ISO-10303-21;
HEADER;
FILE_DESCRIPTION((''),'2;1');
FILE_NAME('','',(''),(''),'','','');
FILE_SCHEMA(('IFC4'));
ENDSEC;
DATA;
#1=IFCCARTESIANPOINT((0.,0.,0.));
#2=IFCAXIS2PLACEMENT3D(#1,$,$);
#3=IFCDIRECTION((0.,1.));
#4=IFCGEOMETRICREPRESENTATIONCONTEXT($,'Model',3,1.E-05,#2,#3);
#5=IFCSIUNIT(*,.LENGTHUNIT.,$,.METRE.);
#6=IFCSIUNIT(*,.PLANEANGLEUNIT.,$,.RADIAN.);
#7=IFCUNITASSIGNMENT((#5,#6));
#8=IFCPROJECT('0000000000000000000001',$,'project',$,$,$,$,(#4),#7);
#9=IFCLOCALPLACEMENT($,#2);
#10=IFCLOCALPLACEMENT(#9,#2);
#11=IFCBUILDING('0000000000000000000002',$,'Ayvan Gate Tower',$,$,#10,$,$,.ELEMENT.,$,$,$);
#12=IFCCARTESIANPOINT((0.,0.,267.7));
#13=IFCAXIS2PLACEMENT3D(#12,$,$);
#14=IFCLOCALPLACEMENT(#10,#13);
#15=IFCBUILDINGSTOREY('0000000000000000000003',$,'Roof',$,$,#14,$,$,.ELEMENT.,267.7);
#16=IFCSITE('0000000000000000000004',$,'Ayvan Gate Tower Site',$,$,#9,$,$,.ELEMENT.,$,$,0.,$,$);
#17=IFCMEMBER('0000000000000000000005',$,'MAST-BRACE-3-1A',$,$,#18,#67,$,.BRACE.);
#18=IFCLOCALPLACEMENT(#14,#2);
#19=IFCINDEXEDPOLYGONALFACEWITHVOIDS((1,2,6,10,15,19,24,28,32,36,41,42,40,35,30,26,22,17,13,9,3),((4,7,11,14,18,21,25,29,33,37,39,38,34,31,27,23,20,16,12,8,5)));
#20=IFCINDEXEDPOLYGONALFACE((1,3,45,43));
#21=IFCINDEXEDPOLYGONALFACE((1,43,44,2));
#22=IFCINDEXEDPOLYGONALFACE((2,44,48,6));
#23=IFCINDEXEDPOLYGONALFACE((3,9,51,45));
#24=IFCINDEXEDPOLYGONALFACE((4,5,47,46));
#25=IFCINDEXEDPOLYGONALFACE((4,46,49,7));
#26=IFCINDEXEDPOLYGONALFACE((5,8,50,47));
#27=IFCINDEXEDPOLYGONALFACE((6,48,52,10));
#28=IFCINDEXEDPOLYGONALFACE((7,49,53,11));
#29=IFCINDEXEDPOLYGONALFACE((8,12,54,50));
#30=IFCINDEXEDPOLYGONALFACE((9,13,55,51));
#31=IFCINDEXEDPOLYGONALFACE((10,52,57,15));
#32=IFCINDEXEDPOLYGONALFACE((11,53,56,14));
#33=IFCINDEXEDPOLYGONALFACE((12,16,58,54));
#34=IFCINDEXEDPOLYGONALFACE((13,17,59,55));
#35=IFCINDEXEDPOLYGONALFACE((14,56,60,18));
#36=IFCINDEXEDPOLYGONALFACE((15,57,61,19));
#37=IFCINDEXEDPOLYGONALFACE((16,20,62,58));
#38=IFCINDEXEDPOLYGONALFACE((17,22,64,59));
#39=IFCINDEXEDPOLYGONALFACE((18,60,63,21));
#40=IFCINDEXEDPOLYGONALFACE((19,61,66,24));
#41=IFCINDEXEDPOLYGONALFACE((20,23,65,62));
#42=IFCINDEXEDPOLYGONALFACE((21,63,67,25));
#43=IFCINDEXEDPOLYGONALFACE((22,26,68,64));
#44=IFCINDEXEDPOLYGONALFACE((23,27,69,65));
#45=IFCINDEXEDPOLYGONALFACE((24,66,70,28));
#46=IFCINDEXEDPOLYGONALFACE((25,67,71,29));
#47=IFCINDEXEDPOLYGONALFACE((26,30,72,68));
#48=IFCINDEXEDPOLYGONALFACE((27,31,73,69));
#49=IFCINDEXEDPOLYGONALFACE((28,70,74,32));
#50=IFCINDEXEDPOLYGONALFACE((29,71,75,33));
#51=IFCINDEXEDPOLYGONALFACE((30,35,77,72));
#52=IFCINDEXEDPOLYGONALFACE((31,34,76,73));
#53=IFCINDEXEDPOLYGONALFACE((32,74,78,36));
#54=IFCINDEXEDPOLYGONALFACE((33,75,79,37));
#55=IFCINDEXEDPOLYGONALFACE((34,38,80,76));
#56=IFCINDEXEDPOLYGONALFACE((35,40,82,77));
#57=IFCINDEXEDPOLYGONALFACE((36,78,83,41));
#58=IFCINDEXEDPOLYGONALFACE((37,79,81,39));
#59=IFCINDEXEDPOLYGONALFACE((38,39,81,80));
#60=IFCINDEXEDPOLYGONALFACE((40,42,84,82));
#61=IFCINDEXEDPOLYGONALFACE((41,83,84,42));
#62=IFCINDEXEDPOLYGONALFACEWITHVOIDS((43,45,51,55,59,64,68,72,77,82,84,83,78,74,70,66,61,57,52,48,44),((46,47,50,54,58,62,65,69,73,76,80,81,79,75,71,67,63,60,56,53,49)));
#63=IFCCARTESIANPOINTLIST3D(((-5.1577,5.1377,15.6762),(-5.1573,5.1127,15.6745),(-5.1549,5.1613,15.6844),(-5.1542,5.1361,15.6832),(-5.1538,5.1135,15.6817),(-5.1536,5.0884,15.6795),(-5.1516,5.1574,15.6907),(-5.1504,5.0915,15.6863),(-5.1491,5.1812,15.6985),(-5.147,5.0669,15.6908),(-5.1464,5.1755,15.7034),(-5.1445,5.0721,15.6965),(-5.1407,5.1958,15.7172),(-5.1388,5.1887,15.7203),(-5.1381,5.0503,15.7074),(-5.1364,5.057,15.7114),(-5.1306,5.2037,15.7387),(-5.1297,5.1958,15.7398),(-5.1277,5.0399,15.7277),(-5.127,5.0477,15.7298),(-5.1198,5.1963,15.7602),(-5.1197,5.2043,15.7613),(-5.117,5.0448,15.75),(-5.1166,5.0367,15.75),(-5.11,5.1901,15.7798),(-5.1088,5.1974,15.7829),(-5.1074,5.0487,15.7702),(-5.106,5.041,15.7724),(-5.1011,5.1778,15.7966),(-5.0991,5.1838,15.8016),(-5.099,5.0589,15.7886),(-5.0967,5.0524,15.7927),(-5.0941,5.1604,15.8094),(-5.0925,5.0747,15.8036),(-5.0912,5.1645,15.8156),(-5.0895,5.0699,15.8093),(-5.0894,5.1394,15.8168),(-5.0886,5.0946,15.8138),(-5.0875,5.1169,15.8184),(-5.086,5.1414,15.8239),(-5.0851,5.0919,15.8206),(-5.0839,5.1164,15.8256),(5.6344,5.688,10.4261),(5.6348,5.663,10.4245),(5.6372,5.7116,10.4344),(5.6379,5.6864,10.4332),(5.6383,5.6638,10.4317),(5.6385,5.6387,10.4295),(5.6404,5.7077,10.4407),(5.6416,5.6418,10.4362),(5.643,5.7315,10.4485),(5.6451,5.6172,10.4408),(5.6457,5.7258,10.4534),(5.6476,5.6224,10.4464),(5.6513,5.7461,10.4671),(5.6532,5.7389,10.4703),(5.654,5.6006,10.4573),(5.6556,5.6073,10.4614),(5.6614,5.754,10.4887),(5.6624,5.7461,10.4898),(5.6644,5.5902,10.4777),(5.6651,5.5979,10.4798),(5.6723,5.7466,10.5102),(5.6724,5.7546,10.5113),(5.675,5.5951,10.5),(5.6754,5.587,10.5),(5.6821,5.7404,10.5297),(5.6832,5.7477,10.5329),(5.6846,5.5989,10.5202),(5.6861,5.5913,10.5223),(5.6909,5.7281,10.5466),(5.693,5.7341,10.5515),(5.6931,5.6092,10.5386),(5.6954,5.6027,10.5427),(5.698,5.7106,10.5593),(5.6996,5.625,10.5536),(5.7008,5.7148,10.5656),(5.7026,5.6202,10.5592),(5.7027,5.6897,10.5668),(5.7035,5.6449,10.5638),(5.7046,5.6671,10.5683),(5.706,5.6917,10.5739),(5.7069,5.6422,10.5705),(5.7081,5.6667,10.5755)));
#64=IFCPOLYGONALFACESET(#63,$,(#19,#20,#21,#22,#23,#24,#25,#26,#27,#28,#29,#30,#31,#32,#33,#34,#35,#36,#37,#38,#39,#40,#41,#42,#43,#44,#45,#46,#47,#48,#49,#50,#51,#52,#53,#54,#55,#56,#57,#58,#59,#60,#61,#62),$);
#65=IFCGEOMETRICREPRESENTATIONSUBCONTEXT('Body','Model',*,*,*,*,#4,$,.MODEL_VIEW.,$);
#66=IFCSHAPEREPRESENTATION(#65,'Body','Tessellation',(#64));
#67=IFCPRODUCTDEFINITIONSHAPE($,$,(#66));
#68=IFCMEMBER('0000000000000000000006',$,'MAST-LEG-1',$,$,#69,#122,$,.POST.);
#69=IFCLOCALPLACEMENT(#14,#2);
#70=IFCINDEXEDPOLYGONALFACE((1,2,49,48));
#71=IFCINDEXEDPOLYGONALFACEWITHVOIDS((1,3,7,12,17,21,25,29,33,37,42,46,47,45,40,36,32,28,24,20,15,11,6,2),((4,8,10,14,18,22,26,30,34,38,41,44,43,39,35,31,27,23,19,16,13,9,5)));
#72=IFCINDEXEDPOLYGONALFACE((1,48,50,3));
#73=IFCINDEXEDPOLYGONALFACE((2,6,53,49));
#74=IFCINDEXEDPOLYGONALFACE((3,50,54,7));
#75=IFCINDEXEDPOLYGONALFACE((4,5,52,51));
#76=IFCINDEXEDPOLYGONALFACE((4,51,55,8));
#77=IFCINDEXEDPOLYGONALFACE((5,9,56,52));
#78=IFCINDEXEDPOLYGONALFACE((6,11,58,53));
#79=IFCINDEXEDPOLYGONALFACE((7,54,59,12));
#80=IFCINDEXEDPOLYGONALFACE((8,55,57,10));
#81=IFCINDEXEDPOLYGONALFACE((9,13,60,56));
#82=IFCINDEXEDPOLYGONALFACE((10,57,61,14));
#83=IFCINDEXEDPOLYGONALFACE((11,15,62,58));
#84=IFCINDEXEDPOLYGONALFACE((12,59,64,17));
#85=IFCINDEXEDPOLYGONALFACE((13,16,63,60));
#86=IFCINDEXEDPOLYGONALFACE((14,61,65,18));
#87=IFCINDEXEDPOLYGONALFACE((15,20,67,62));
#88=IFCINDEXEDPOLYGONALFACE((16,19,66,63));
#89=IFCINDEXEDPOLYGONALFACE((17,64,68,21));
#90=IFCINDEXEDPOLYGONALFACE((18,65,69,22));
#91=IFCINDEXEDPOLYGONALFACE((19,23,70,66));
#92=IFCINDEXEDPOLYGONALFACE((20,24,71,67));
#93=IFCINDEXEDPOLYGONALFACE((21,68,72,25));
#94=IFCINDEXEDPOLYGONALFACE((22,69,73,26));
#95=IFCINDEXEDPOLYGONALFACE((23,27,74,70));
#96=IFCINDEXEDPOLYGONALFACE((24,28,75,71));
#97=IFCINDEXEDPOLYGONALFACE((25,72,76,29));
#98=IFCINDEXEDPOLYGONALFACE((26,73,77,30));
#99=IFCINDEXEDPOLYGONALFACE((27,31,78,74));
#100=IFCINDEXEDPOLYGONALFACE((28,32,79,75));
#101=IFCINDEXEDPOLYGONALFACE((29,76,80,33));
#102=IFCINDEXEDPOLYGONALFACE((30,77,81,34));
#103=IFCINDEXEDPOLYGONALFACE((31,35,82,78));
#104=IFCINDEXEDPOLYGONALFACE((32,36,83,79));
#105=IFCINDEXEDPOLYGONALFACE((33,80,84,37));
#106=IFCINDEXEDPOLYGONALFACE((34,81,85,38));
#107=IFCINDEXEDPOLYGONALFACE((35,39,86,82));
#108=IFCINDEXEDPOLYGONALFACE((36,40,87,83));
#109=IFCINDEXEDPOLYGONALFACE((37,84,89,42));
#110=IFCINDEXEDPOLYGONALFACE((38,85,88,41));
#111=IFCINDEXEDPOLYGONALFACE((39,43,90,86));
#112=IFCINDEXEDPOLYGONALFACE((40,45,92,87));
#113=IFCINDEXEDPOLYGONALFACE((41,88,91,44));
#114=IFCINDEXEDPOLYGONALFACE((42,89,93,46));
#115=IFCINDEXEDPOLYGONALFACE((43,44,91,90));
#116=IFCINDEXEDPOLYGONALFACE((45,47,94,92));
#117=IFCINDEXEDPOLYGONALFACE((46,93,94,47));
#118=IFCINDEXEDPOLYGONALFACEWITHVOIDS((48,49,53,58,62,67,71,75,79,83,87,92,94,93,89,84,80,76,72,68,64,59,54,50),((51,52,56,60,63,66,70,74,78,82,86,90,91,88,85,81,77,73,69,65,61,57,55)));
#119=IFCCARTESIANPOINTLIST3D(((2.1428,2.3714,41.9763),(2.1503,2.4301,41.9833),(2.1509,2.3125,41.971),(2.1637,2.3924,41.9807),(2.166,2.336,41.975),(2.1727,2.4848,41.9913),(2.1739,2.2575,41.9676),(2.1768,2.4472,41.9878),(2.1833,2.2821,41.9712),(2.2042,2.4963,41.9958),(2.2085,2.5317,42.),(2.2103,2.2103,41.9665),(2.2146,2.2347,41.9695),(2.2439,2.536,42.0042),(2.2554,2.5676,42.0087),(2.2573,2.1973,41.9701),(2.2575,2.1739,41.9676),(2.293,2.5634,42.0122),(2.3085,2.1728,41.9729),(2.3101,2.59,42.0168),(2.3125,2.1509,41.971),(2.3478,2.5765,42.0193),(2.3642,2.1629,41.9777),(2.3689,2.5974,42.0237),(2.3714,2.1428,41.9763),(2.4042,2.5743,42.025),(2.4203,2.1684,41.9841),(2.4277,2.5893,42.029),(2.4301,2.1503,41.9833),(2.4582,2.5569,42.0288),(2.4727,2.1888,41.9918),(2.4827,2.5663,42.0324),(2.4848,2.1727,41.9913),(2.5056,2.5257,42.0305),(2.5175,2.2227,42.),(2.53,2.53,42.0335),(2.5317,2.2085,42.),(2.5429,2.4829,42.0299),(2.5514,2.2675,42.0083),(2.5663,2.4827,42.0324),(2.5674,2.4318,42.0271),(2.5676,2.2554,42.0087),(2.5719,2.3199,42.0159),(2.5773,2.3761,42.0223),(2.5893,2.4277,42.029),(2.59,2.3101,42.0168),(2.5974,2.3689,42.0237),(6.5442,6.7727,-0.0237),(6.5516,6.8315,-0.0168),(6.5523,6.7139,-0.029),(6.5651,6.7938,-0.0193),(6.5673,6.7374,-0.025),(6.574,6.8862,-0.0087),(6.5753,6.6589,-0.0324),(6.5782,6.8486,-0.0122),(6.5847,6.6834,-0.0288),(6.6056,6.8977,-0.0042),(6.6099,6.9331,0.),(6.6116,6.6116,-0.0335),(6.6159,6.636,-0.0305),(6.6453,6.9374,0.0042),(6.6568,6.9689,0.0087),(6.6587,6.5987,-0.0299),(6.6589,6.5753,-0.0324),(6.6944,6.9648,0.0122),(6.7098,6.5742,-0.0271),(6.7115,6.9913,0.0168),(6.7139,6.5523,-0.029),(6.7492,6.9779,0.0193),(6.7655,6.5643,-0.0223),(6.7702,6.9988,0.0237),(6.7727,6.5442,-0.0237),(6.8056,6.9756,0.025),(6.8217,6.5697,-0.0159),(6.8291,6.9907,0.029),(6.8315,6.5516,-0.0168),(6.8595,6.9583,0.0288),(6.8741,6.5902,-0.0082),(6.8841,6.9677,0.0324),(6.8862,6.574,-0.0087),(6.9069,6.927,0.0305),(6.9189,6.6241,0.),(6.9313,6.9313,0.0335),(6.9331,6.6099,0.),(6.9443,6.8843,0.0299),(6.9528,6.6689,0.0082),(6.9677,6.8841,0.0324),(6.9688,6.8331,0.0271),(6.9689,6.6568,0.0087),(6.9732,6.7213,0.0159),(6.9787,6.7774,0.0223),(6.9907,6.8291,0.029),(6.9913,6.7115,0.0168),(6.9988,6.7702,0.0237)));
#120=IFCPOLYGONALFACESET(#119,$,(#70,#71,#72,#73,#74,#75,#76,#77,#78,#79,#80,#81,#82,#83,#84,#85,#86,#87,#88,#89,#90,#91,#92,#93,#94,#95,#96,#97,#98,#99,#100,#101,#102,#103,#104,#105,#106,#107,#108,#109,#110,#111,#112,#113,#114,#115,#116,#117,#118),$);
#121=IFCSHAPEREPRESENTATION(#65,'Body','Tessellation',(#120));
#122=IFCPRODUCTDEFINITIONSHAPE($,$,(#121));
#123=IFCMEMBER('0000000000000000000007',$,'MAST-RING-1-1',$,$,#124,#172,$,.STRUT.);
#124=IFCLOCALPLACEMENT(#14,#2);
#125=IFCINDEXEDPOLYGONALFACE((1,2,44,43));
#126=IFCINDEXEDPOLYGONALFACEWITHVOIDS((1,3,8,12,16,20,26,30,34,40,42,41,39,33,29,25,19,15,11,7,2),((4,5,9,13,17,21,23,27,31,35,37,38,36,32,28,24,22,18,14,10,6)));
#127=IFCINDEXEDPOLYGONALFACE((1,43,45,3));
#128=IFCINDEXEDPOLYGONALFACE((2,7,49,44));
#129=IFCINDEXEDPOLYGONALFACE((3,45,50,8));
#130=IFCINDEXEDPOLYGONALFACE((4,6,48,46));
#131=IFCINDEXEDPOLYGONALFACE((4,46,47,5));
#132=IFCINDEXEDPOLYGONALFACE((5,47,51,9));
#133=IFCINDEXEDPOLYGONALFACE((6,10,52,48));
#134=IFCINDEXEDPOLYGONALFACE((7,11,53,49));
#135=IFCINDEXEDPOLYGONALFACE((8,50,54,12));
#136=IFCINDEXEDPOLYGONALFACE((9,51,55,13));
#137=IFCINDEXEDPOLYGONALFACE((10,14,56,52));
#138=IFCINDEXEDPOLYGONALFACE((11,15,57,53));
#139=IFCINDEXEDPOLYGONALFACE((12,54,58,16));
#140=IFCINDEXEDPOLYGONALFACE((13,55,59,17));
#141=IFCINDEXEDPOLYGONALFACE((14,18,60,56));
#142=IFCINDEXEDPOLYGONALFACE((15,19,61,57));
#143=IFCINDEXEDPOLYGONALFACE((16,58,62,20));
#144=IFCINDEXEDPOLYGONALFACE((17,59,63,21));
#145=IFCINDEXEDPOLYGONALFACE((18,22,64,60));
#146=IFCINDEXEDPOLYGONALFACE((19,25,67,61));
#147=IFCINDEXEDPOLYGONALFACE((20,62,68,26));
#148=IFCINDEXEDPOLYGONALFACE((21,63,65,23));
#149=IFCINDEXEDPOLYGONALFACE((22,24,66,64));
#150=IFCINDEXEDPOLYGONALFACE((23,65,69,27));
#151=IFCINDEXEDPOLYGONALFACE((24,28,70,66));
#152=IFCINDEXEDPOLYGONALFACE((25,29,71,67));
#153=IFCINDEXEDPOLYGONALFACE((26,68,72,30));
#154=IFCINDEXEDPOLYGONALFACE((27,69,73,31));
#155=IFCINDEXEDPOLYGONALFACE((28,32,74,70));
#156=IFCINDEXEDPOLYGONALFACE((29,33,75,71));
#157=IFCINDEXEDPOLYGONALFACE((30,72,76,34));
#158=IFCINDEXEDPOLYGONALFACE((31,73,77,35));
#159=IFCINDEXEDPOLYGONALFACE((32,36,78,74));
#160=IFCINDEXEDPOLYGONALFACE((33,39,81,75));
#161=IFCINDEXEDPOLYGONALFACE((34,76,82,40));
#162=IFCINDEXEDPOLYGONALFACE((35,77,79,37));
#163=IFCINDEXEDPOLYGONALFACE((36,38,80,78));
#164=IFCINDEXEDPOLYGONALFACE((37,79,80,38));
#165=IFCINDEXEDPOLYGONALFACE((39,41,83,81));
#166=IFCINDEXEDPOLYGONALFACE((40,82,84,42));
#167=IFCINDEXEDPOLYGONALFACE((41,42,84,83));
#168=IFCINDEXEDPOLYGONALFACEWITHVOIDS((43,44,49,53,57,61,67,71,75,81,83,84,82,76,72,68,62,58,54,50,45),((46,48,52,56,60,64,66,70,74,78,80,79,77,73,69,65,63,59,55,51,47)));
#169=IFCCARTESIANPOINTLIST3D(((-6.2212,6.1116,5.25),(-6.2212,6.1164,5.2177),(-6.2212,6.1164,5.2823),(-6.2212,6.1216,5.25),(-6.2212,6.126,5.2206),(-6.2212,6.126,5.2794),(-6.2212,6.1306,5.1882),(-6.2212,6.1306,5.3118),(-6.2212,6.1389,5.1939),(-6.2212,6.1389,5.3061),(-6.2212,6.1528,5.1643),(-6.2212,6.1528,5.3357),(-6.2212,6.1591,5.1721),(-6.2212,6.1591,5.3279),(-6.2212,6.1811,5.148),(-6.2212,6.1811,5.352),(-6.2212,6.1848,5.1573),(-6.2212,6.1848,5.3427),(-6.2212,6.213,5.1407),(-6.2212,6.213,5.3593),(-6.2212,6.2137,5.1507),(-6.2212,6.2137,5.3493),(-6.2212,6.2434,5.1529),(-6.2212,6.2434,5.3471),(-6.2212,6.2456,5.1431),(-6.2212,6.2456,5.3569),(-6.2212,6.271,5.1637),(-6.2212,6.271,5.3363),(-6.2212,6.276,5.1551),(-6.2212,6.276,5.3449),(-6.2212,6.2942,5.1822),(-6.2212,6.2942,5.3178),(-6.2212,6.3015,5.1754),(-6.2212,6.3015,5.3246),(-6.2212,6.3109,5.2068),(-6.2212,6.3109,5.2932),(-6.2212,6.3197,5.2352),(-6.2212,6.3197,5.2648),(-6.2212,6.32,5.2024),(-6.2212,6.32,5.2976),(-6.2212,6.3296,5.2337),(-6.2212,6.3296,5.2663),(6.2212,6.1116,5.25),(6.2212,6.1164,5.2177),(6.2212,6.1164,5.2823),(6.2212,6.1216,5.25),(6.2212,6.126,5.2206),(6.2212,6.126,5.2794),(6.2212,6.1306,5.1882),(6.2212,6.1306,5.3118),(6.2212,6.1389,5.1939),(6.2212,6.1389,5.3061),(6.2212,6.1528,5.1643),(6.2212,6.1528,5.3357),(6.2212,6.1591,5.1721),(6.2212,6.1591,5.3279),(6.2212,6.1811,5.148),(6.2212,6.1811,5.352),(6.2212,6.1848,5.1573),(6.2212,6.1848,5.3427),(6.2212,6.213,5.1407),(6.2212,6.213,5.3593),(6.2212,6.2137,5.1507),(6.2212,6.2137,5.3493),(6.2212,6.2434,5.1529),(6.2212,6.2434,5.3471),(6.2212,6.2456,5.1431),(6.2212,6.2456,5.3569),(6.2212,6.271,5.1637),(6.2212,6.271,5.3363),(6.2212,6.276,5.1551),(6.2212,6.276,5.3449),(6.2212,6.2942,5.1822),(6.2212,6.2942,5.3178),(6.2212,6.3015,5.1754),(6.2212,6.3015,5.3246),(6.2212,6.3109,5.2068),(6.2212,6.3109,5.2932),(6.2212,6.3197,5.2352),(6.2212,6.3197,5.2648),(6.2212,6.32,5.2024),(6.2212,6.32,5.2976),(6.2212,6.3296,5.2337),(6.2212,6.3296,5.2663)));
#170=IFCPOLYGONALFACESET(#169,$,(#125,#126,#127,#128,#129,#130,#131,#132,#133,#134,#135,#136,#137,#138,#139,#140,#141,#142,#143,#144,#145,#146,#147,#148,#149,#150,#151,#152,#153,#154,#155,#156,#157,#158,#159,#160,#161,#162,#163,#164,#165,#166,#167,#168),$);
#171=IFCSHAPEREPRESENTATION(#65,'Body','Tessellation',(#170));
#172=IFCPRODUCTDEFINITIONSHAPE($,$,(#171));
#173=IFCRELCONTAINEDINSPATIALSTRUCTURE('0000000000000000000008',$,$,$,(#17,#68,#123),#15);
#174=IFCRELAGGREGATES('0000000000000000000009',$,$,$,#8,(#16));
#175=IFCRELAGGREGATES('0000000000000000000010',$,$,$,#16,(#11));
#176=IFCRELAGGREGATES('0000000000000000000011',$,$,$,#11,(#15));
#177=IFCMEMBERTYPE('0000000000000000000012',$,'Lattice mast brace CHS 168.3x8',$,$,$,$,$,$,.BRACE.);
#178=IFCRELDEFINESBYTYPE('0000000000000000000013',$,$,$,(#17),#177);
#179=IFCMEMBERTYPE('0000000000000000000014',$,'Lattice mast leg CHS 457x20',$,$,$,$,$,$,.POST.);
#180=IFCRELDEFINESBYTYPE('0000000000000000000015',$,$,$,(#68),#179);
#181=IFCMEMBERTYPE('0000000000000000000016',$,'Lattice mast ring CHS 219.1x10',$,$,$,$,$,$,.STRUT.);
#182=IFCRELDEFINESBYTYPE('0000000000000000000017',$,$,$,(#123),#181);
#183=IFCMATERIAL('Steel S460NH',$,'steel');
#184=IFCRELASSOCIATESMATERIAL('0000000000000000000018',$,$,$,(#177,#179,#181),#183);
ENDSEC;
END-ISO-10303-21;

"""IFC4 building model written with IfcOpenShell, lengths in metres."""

from ifc_helpers import new_model, si_unit, direction, frame, origin, origin_2d, place, context, subcontext, project, spatial, hollow_circle, extrude, material, material_profile, profile_set, type_object, element, save


model = new_model("IFC4")

# Units and contexts
model_context = context("Model", 3, precision=1e-05, world=origin(), true_north=direction((0.0, 1.0)))
body_context = subcontext(model_context, "Body", "Model", "MODEL_VIEW")
ifc_project = project(units=[si_unit("LENGTHUNIT", "METRE"), si_unit("PLANEANGLEUNIT", "RADIAN")], contexts=[model_context])

# Site, building, storey
site_placement = place(None, origin())
site = spatial("IfcSite", under=ifc_project, at=site_placement, Name="Ayvan Gate Tower Site", CompositionType="ELEMENT", RefElevation=0.0)
building_placement = place(site_placement, origin())
building = spatial("IfcBuilding", under=site, at=building_placement, Name="Ayvan Gate Tower", CompositionType="ELEMENT")
storey_placement = place(building_placement, frame((0.0, 0.0, 267.7)))
storey = spatial("IfcBuildingStorey", under=building, at=storey_placement, Name="Roof", CompositionType="ELEMENT", Elevation=267.7)

# Members
ifc_material_1 = material(Name="Steel S460NH", Category="steel")
ifc_material_profile_1 = material_profile(ifc_material_1, hollow_circle(Radius=0.0842, WallThickness=0.0081, at=origin_2d()), Name="CHS 168.3x8")
ifc_profile_set_1 = profile_set([ifc_material_profile_1], Name="Steel S460NH")
member_type_1 = type_object("IfcMemberType", Name="Lattice mast brace CHS 168.3x8", PredefinedType="BRACE", material=ifc_profile_set_1)
member_1_placement = place(storey_placement, frame((5.6711, 5.6711, 10.5), z_axis=(-0.898296, -0.045805, 0.436996), x_axis=(0.050925, -0.998702, 0.0)))
element("IfcMember", 1, at=member_1_placement, inside=storey, type_object=member_type_1, Name="MAST-BRACE-3-1A", PredefinedType="BRACE", context=body_context, shape_type="SweptSolid", body=[
    extrude(hollow_circle(Radius=0.0842, WallThickness=0.0081, at=origin_2d()), origin(), (0.0, 0.0, 1.0), 12.0139),
])
ifc_material_profile_2 = material_profile(ifc_material_1, hollow_circle(Radius=0.2285, WallThickness=0.02, at=origin_2d()), Name="CHS 457x20")
ifc_profile_set_2 = profile_set([ifc_material_profile_2], Name="Steel S460NH")
member_type_2 = type_object("IfcMemberType", Name="Lattice mast leg CHS 457x20", PredefinedType="POST", material=ifc_profile_set_2)
member_2_placement = place(storey_placement, frame((6.7715, 6.7715, 0.0), z_axis=(-0.103662, -0.103662, 0.989196), x_axis=(0.707107, -0.707107, 0.0)))
element("IfcMember", 2, at=member_2_placement, inside=storey, type_object=member_type_2, Name="MAST-LEG-1", PredefinedType="POST", context=body_context, shape_type="SweptSolid", body=[
    extrude(hollow_circle(Radius=0.2285, WallThickness=0.02, at=origin_2d()), origin(), (0.0, 0.0, 1.0), 42.4587),
])
ifc_material_profile_3 = material_profile(ifc_material_1, hollow_circle(Radius=0.1096, WallThickness=0.01, at=origin_2d()), Name="CHS 219.1x10")
ifc_profile_set_3 = profile_set([ifc_material_profile_3], Name="Steel S460NH")
member_type_3 = type_object("IfcMemberType", Name="Lattice mast ring CHS 219.1x10", PredefinedType="STRUT", material=ifc_profile_set_3)
member_3_placement = place(storey_placement, frame((6.2212, 6.2212, 5.25), z_axis=(-1.0, 0.0, 0.0), x_axis=(0.0, -1.0, 0.0)))
element("IfcMember", 3, at=member_3_placement, inside=storey, type_object=member_type_3, Name="MAST-RING-1-1", PredefinedType="STRUT", context=body_context, shape_type="SweptSolid", body=[
    extrude(hollow_circle(Radius=0.1096, WallThickness=0.01, at=origin_2d()), origin(), (0.0, 0.0, 1.0), 12.4424),
])

save(model, "model.ifc")
